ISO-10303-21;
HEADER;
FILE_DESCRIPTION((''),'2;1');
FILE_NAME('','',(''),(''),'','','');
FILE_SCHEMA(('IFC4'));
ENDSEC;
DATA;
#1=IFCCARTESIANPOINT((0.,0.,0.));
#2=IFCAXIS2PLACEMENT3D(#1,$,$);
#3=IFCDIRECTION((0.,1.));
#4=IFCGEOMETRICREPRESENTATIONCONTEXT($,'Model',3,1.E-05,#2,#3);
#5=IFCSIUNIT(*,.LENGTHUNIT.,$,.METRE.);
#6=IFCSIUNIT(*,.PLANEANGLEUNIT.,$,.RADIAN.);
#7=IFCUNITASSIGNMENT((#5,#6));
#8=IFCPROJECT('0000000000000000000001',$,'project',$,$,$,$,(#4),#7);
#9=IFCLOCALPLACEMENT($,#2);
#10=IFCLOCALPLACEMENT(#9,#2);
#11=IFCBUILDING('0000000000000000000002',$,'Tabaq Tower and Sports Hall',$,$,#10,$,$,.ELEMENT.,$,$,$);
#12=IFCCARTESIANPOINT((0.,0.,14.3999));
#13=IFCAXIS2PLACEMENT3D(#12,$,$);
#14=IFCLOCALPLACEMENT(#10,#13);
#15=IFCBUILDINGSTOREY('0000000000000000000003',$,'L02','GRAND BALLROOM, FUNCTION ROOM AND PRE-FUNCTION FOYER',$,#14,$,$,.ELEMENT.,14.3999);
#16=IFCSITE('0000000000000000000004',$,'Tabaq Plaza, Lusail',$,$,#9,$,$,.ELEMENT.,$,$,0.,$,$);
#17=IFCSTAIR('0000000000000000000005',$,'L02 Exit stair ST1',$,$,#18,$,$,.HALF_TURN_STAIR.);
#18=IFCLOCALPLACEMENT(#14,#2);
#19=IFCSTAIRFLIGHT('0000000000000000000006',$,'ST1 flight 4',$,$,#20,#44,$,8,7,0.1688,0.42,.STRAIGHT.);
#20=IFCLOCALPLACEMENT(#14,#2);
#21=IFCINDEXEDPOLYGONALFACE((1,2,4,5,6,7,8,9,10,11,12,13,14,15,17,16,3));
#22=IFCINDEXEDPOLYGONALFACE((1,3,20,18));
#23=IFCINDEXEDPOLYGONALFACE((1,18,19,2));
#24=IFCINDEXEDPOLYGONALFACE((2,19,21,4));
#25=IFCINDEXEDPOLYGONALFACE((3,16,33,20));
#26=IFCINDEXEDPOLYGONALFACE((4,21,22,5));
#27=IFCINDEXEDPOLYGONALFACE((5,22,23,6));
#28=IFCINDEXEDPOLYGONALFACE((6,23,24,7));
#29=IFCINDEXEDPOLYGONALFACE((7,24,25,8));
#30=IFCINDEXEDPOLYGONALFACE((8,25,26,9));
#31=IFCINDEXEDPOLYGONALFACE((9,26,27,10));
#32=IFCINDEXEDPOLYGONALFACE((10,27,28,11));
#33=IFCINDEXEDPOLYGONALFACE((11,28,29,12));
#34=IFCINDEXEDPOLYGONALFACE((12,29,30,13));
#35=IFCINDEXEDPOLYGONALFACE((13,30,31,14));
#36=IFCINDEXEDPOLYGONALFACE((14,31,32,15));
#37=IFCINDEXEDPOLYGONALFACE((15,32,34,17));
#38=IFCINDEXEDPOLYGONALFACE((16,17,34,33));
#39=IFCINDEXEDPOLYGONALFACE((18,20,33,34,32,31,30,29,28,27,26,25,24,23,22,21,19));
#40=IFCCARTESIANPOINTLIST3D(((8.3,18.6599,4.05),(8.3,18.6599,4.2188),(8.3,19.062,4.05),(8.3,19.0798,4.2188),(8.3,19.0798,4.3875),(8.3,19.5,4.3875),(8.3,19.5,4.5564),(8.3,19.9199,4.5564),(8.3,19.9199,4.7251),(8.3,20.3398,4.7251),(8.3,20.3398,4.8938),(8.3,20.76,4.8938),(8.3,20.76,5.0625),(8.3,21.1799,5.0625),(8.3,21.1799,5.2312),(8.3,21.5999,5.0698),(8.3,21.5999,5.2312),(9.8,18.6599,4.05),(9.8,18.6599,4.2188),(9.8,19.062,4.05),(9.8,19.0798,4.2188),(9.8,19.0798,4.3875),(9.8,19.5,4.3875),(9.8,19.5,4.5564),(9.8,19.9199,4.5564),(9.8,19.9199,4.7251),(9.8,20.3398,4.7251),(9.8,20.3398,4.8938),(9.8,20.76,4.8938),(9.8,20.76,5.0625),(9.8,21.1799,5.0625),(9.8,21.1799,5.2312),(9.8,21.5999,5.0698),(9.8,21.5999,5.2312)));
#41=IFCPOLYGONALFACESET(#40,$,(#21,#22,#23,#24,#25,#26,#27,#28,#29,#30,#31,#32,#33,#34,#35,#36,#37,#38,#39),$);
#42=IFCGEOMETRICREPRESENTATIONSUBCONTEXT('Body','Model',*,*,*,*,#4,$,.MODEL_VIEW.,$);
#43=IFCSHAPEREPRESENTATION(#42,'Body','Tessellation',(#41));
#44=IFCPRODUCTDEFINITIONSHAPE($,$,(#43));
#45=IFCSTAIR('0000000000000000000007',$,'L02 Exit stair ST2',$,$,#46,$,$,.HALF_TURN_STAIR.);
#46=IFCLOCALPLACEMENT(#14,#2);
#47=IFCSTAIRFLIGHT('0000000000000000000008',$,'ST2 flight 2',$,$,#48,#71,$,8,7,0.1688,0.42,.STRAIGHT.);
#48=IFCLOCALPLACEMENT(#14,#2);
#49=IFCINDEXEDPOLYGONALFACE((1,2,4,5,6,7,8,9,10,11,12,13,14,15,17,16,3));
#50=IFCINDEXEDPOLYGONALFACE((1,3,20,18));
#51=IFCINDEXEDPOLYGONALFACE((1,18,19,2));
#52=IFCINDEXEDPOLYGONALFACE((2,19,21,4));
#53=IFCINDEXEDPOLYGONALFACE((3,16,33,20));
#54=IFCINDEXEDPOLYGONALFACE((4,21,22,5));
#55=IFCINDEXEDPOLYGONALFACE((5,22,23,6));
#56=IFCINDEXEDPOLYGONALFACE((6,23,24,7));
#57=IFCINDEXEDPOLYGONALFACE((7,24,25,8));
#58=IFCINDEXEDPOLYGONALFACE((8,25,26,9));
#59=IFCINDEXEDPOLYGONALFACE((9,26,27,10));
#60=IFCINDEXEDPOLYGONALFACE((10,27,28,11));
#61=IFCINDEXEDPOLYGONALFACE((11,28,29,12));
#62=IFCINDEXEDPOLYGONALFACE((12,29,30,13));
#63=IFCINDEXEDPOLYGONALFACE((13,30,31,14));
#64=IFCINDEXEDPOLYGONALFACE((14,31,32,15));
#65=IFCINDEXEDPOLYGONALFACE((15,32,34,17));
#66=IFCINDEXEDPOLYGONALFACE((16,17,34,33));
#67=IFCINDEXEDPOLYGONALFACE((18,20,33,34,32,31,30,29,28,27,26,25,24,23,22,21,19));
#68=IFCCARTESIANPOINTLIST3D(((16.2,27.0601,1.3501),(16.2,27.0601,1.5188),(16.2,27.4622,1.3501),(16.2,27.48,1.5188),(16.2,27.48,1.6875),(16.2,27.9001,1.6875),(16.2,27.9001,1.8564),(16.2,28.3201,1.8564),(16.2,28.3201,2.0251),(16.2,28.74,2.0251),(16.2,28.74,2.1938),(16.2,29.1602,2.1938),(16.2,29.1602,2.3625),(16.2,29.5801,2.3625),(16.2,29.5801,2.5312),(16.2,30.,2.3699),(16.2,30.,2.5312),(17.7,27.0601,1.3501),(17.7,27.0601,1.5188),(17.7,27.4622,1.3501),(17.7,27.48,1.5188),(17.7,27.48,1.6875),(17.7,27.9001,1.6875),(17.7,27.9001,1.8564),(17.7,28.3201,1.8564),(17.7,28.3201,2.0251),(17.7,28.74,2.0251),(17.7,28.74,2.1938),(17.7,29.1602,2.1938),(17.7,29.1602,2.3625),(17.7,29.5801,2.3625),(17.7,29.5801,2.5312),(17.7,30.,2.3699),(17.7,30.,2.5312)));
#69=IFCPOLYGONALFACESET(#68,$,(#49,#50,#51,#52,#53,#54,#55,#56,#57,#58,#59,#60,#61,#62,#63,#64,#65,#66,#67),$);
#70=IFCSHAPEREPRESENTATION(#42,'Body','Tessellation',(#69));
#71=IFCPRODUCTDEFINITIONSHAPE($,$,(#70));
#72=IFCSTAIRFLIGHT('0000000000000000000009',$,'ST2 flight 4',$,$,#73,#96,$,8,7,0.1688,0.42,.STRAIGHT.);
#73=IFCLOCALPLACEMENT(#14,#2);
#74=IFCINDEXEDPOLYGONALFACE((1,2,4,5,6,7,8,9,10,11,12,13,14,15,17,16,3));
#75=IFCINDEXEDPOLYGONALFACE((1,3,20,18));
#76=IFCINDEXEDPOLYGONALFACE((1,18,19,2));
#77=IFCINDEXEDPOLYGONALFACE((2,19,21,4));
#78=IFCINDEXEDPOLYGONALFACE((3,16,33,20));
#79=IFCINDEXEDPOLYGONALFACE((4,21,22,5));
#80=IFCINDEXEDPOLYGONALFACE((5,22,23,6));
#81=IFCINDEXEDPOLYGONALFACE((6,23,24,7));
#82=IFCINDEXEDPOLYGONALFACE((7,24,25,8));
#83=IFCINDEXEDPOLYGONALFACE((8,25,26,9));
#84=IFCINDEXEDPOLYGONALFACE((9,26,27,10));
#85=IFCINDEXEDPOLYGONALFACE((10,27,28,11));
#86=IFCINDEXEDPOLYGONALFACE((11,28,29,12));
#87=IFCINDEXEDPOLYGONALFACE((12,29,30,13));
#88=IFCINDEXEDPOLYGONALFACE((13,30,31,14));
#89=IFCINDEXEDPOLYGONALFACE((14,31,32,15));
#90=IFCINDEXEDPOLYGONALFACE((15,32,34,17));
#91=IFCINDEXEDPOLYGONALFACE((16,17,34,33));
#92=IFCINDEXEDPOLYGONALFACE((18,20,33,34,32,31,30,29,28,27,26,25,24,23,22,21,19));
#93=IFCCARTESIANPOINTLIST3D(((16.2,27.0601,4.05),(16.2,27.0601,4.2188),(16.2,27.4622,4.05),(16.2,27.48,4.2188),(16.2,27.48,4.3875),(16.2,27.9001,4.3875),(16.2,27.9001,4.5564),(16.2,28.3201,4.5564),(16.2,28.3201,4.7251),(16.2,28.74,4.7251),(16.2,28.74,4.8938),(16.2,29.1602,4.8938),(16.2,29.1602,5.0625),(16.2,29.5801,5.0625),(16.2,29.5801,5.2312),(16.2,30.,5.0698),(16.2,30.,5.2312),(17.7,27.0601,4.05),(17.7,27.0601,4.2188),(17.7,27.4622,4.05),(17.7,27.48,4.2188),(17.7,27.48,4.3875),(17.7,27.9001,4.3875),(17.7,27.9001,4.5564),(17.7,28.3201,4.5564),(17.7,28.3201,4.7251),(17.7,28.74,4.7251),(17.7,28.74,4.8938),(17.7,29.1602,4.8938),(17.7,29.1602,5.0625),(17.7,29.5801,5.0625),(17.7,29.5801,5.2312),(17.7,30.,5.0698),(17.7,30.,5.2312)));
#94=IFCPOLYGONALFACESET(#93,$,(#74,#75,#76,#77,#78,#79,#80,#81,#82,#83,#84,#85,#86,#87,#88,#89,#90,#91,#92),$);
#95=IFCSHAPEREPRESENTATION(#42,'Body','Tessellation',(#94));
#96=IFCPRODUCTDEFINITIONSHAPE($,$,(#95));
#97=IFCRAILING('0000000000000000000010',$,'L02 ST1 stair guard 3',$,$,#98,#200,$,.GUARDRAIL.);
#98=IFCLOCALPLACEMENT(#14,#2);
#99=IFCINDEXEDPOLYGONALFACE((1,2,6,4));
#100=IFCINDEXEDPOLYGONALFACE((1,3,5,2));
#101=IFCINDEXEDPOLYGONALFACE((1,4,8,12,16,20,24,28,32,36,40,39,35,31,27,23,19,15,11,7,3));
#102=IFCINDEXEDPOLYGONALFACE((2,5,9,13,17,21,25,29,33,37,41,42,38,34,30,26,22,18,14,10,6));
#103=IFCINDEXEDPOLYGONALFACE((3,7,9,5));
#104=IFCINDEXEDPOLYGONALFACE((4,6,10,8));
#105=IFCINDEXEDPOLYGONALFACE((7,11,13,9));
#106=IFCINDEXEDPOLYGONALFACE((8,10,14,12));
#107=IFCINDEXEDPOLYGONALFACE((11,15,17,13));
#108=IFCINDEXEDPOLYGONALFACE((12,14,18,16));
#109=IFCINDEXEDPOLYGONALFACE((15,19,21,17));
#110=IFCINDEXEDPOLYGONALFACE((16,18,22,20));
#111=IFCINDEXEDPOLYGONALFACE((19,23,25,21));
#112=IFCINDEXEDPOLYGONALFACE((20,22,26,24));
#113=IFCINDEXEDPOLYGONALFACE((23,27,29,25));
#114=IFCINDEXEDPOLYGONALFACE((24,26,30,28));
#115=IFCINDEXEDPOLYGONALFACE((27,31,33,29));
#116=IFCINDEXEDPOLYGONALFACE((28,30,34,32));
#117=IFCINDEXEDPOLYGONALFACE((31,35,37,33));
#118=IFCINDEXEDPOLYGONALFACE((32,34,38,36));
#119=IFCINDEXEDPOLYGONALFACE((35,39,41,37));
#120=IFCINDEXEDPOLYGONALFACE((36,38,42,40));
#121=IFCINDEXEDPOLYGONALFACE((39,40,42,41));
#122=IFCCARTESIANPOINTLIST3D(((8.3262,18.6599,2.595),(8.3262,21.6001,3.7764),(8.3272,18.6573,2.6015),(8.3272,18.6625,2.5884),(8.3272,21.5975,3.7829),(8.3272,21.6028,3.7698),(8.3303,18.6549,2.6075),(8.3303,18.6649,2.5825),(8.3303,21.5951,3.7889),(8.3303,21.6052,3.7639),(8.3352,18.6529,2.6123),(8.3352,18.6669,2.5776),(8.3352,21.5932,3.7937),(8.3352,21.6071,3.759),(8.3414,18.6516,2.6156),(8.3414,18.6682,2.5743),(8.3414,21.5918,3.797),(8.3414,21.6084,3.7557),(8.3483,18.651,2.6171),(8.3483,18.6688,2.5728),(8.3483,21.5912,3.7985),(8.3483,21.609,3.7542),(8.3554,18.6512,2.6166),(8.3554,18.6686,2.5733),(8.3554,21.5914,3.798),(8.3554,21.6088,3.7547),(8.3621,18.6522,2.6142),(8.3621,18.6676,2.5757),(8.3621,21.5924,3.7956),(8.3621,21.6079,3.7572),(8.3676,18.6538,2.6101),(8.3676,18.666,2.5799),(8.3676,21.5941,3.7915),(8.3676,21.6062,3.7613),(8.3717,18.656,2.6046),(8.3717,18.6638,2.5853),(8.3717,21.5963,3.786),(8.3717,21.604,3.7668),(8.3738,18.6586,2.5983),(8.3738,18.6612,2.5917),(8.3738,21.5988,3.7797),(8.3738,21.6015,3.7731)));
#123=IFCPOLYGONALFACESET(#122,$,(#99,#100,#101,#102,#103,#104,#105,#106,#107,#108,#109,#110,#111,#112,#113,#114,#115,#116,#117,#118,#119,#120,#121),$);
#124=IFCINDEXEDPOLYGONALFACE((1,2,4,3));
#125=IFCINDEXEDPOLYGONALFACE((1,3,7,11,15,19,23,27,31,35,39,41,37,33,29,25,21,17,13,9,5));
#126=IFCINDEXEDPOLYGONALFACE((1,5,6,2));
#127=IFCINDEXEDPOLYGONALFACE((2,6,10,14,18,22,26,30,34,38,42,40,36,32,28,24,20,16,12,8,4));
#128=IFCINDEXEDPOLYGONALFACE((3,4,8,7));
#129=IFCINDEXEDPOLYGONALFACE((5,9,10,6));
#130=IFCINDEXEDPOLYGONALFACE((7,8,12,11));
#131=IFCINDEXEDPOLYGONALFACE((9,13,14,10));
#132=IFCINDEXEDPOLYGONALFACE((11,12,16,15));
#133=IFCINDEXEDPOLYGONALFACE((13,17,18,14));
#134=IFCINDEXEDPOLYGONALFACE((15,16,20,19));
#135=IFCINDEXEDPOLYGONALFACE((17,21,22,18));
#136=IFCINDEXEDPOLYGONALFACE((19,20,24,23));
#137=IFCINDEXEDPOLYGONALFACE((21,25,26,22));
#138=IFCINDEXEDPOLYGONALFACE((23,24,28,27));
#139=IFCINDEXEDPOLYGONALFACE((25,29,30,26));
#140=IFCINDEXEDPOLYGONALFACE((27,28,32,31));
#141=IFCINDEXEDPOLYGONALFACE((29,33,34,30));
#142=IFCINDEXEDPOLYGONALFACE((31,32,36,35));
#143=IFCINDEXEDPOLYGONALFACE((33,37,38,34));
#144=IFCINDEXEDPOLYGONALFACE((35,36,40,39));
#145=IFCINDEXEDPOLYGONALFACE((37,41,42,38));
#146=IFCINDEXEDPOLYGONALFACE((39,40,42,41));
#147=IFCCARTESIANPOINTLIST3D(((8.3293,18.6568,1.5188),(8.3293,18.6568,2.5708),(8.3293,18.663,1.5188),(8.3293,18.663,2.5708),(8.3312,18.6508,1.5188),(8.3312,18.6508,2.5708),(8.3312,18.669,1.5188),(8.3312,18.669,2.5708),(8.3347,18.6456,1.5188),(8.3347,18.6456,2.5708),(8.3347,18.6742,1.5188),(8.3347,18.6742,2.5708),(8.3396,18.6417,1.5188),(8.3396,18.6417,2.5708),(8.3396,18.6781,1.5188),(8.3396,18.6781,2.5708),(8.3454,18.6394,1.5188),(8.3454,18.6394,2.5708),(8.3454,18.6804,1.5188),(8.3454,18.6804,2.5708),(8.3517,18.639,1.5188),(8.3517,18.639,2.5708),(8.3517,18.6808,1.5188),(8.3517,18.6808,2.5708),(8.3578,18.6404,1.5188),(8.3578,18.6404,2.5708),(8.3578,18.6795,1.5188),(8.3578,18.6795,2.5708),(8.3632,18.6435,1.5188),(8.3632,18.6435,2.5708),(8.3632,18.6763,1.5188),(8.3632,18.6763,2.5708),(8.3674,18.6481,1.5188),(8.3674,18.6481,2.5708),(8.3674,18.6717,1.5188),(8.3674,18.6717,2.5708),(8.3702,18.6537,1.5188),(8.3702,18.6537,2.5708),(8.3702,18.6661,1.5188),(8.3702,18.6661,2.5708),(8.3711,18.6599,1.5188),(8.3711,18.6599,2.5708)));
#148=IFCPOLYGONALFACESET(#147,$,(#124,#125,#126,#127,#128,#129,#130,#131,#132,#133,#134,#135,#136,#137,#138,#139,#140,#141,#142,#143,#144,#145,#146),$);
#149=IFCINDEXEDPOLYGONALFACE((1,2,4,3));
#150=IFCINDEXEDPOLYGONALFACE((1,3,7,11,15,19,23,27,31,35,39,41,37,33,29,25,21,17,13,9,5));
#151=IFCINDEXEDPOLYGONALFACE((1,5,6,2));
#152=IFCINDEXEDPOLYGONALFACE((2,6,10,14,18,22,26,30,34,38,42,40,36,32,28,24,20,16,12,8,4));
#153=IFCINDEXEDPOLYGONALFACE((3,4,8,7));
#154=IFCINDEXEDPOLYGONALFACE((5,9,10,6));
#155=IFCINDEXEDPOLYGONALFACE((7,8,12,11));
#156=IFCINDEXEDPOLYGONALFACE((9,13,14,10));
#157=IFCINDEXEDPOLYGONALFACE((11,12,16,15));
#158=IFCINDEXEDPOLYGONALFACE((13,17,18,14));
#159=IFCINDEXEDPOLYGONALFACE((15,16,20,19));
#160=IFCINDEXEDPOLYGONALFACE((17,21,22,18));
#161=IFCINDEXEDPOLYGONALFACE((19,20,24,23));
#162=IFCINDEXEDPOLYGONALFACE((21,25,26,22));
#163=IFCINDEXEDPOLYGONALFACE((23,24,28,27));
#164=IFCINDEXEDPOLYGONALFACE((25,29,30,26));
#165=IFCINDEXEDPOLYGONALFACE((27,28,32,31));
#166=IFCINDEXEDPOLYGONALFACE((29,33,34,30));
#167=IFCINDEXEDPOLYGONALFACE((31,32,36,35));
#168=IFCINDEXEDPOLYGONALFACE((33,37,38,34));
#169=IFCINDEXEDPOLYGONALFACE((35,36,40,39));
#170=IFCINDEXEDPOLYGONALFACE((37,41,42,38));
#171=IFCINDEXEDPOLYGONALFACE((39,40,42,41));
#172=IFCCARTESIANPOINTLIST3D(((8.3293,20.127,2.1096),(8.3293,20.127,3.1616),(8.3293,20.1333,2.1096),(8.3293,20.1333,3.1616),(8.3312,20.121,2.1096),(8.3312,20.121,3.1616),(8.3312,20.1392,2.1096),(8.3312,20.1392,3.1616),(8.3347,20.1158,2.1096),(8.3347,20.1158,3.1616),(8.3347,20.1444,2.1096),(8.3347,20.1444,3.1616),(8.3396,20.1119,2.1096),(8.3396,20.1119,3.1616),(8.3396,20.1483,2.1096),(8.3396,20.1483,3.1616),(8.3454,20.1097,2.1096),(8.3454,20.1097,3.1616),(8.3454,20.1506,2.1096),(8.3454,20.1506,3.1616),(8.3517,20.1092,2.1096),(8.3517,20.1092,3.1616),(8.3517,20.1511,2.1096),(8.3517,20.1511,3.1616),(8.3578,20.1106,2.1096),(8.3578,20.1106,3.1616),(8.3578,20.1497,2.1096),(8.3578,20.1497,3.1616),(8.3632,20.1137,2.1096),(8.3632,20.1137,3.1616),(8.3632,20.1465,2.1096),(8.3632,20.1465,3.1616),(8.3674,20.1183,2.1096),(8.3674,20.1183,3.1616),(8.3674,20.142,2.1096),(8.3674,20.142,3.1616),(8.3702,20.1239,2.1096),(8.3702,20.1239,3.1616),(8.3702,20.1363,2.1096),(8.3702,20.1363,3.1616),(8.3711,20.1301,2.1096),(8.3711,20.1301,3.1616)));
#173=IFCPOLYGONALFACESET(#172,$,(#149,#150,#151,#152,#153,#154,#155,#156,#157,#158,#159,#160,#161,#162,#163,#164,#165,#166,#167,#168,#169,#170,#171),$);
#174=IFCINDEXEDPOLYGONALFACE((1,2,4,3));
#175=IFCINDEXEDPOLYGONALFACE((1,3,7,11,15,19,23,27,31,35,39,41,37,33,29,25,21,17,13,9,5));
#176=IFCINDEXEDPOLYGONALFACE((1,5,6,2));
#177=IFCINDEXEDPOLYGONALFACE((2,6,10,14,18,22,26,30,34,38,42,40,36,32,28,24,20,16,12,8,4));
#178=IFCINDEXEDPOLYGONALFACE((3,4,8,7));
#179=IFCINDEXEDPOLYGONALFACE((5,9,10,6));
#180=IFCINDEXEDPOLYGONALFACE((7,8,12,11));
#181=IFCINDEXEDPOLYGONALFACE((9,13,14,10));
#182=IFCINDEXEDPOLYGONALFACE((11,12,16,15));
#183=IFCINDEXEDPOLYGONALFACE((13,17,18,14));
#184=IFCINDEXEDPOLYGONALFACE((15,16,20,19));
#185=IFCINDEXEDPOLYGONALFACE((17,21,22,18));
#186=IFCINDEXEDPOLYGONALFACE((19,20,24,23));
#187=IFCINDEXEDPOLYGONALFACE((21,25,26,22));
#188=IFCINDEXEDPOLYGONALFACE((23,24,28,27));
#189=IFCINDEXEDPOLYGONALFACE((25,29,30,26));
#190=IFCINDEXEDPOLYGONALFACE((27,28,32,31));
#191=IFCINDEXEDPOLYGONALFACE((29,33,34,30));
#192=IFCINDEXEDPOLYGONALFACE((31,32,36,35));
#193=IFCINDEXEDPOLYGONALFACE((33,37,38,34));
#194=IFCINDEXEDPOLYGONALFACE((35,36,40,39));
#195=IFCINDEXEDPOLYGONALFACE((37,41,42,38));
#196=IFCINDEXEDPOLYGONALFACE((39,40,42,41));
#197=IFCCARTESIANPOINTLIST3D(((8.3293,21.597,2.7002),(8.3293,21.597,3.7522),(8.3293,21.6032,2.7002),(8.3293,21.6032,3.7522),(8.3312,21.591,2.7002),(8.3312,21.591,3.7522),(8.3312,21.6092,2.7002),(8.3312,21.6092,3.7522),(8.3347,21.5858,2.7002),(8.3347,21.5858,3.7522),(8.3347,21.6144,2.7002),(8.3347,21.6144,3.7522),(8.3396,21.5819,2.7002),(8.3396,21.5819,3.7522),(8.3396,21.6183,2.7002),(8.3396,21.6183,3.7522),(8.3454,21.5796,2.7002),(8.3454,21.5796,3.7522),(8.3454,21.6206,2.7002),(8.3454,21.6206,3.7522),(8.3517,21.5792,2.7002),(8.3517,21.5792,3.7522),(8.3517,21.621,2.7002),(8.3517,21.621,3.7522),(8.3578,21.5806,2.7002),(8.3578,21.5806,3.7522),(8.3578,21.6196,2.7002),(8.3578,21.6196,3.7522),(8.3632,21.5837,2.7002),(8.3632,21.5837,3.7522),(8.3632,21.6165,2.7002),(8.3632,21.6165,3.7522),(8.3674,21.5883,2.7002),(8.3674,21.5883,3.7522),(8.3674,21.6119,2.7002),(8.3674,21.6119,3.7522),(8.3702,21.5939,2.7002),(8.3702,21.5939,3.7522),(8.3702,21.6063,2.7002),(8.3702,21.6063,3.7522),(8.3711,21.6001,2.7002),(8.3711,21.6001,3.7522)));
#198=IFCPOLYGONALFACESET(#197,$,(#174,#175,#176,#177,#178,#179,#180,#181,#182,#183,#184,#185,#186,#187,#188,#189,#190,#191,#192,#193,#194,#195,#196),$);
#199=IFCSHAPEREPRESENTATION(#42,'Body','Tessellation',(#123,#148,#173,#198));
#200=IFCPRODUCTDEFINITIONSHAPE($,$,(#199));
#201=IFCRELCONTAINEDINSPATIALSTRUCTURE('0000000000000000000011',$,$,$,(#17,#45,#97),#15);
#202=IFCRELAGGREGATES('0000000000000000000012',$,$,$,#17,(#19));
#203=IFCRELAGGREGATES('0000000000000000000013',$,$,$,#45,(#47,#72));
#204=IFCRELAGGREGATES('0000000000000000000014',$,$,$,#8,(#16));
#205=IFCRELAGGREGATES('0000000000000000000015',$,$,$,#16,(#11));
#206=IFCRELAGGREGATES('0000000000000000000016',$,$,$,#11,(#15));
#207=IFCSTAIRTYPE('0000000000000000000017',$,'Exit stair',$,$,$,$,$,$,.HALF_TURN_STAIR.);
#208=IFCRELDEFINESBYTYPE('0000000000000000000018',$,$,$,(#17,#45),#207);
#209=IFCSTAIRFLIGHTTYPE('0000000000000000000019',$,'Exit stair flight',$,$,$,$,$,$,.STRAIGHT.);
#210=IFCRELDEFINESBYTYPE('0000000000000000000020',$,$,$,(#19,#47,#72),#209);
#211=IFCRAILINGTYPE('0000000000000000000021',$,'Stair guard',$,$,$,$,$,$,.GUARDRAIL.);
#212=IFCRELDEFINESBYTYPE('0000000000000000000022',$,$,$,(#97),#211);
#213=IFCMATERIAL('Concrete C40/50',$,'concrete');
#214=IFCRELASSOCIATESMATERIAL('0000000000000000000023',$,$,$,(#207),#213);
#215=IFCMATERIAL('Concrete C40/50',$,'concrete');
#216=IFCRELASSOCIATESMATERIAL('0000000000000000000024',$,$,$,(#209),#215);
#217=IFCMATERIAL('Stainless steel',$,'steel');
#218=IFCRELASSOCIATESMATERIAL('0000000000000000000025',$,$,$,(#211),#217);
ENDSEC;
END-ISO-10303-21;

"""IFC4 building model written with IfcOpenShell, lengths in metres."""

from ifc_helpers import new_model, si_unit, direction, frame, origin, origin_2d, place, context, subcontext, project, spatial, polyline, circle, outline, extrude, material, type_object, element, aggregate, save


model = new_model("IFC4")

# Units and contexts
model_context = context("Model", 3, precision=1e-05, world=origin(), true_north=direction((0.0, 1.0)))
body_context = subcontext(model_context, "Body", "Model", "MODEL_VIEW")
ifc_project = project(units=[si_unit("LENGTHUNIT", "METRE"), si_unit("PLANEANGLEUNIT", "RADIAN")], contexts=[model_context])

# Site, building, storey
site_placement = place(None, origin())
site = spatial("IfcSite", under=ifc_project, at=site_placement, Name="Tabaq Plaza, Lusail", CompositionType="ELEMENT", RefElevation=0.0)
building_placement = place(site_placement, origin())
building = spatial("IfcBuilding", under=site, at=building_placement, Name="Tabaq Tower and Sports Hall", CompositionType="ELEMENT")
storey_placement = place(building_placement, frame((0.0, 0.0, 14.3999)))
storey = spatial("IfcBuildingStorey", under=building, at=storey_placement, Name="L02", Description="GRAND BALLROOM, FUNCTION ROOM AND PRE-FUNCTION FOYER", CompositionType="ELEMENT", Elevation=14.3999)

# Stairs, stair flights
ifc_material_1 = material(Name="Concrete C40/50", Category="concrete")
stair_type = type_object("IfcStairType", Name="Exit stair", PredefinedType="HALF_TURN_STAIR", material=ifc_material_1)
stair_1_placement = place(storey_placement, origin())
stair_1 = element("IfcStair", 1, at=stair_1_placement, inside=storey, type_object=stair_type, Name="L02 Exit stair ST1", PredefinedType="HALF_TURN_STAIR")
ifc_material_2 = material(Name="Concrete C40/50", Category="concrete")
stair_flight_type = type_object("IfcStairFlightType", Name="Exit stair flight", PredefinedType="STRAIGHT", material=ifc_material_2)
stair_flight_1_placement = place(storey_placement, frame((9.05, 18.6599, 4.05), z_axis=(0.0, 0.0, 1.0), x_axis=(0.0, 1.0, 0.0)))
stair_flight_1 = element("IfcStairFlight", 2, at=stair_flight_1_placement, type_object=stair_flight_type, Name="ST1 flight 4", NumberOfRisers=8, NumberOfTreads=7, PredefinedType="STRAIGHT", RiserHeight=0.1688, TreadLength=0.42, context=body_context, shape_type="SweptSolid", body=[
    extrude(outline(polyline([(0.0, 0.0), (0.0, 0.1687), (0.4199, 0.1687), (0.4199, 0.3374), (0.8401, 0.3374), (0.8401, 0.5063), (1.26, 0.5063), (1.26, 0.675), (1.6799, 0.675), (1.6799, 0.8438), (2.1001, 0.8438), (2.1001, 1.0125), (2.52, 1.0125), (2.52, 1.1812), (2.9399, 1.1812), (2.9399, 1.3501), (2.9399, 1.0198), (0.4021, 0.0), (0.0, 0.0)])), frame((0.0, 0.75, 0.0), z_axis=(0.0, -1.0, 0.0), x_axis=(1.0, 0.0, 0.0)), (0.0, 0.0, 1.0), 1.5),
])
aggregate(stair_1, [stair_flight_1])
stair_2_placement = place(storey_placement, origin())
stair_2 = element("IfcStair", 3, at=stair_2_placement, inside=storey, type_object=stair_type, Name="L02 Exit stair ST2", PredefinedType="HALF_TURN_STAIR")
stair_flight_2_placement = place(storey_placement, frame((16.95, 27.0601, 1.3501), z_axis=(0.0, 0.0, 1.0), x_axis=(0.0, 1.0, 0.0)))
stair_flight_2 = element("IfcStairFlight", 4, at=stair_flight_2_placement, type_object=stair_flight_type, Name="ST2 flight 2", NumberOfRisers=8, NumberOfTreads=7, PredefinedType="STRAIGHT", RiserHeight=0.1688, TreadLength=0.42, context=body_context, shape_type="SweptSolid", body=[
    extrude(outline(polyline([(0.0, 0.0), (0.0, 0.1687), (0.4199, 0.1687), (0.4199, 0.3374), (0.8401, 0.3374), (0.8401, 0.5063), (1.26, 0.5063), (1.26, 0.675), (1.6799, 0.675), (1.6799, 0.8438), (2.1001, 0.8438), (2.1001, 1.0125), (2.52, 1.0125), (2.52, 1.1812), (2.9399, 1.1812), (2.9399, 1.3501), (2.9399, 1.0198), (0.4021, 0.0), (0.0, 0.0)])), frame((0.0, 0.75, 0.0), z_axis=(0.0, -1.0, 0.0), x_axis=(1.0, 0.0, 0.0)), (0.0, 0.0, 1.0), 1.5),
])
stair_flight_3_placement = place(storey_placement, frame((16.95, 27.0601, 4.05), z_axis=(0.0, 0.0, 1.0), x_axis=(0.0, 1.0, 0.0)))
stair_flight_3 = element("IfcStairFlight", 5, at=stair_flight_3_placement, type_object=stair_flight_type, Name="ST2 flight 4", NumberOfRisers=8, NumberOfTreads=7, PredefinedType="STRAIGHT", RiserHeight=0.1688, TreadLength=0.42, context=body_context, shape_type="SweptSolid", body=[
    extrude(outline(polyline([(0.0, 0.0), (0.0, 0.1687), (0.4199, 0.1687), (0.4199, 0.3374), (0.8401, 0.3374), (0.8401, 0.5063), (1.26, 0.5063), (1.26, 0.675), (1.6799, 0.675), (1.6799, 0.8438), (2.1001, 0.8438), (2.1001, 1.0125), (2.52, 1.0125), (2.52, 1.1812), (2.9399, 1.1812), (2.9399, 1.3501), (2.9399, 1.0198), (0.4021, 0.0), (0.0, 0.0)])), frame((0.0, 0.75, 0.0), z_axis=(0.0, -1.0, 0.0), x_axis=(1.0, 0.0, 0.0)), (0.0, 0.0, 1.0), 1.5),
])
aggregate(stair_2, [stair_flight_2, stair_flight_3])

# Railing
ifc_material_3 = material(Name="Stainless steel", Category="steel")
railing_type_1 = type_object("IfcRailingType", Name="Stair guard", PredefinedType="GUARDRAIL", material=ifc_material_3)
railing_1_placement = place(storey_placement, frame((8.3501, 18.6599, 1.5188)))
element("IfcRailing", 6, at=railing_1_placement, inside=storey, type_object=railing_type_1, Name="L02 ST1 stair guard 3", PredefinedType="GUARDRAIL", context=body_context, shape_type="SweptSolid", body=[
    extrude(circle(Radius=0.0239, at=origin_2d()), frame((0.0, 0.0, 1.0762), z_axis=(0.0, 0.927896, 0.372838), x_axis=(-1.0, 0.0, 0.0)), (0.0, 0.0, 1.0), 3.1687),
    extrude(circle(Radius=0.021, at=origin_2d()), origin(), (0.0, 0.0, 1.0), 1.052),
    extrude(circle(Radius=0.021, at=origin_2d()), frame((0.0, 1.4702, 0.5908)), (0.0, 0.0, 1.0), 1.052),
    extrude(circle(Radius=0.021, at=origin_2d()), frame((0.0, 2.9402, 1.1814)), (0.0, 0.0, 1.0), 1.052),
])

save(model, "model.ifc")
